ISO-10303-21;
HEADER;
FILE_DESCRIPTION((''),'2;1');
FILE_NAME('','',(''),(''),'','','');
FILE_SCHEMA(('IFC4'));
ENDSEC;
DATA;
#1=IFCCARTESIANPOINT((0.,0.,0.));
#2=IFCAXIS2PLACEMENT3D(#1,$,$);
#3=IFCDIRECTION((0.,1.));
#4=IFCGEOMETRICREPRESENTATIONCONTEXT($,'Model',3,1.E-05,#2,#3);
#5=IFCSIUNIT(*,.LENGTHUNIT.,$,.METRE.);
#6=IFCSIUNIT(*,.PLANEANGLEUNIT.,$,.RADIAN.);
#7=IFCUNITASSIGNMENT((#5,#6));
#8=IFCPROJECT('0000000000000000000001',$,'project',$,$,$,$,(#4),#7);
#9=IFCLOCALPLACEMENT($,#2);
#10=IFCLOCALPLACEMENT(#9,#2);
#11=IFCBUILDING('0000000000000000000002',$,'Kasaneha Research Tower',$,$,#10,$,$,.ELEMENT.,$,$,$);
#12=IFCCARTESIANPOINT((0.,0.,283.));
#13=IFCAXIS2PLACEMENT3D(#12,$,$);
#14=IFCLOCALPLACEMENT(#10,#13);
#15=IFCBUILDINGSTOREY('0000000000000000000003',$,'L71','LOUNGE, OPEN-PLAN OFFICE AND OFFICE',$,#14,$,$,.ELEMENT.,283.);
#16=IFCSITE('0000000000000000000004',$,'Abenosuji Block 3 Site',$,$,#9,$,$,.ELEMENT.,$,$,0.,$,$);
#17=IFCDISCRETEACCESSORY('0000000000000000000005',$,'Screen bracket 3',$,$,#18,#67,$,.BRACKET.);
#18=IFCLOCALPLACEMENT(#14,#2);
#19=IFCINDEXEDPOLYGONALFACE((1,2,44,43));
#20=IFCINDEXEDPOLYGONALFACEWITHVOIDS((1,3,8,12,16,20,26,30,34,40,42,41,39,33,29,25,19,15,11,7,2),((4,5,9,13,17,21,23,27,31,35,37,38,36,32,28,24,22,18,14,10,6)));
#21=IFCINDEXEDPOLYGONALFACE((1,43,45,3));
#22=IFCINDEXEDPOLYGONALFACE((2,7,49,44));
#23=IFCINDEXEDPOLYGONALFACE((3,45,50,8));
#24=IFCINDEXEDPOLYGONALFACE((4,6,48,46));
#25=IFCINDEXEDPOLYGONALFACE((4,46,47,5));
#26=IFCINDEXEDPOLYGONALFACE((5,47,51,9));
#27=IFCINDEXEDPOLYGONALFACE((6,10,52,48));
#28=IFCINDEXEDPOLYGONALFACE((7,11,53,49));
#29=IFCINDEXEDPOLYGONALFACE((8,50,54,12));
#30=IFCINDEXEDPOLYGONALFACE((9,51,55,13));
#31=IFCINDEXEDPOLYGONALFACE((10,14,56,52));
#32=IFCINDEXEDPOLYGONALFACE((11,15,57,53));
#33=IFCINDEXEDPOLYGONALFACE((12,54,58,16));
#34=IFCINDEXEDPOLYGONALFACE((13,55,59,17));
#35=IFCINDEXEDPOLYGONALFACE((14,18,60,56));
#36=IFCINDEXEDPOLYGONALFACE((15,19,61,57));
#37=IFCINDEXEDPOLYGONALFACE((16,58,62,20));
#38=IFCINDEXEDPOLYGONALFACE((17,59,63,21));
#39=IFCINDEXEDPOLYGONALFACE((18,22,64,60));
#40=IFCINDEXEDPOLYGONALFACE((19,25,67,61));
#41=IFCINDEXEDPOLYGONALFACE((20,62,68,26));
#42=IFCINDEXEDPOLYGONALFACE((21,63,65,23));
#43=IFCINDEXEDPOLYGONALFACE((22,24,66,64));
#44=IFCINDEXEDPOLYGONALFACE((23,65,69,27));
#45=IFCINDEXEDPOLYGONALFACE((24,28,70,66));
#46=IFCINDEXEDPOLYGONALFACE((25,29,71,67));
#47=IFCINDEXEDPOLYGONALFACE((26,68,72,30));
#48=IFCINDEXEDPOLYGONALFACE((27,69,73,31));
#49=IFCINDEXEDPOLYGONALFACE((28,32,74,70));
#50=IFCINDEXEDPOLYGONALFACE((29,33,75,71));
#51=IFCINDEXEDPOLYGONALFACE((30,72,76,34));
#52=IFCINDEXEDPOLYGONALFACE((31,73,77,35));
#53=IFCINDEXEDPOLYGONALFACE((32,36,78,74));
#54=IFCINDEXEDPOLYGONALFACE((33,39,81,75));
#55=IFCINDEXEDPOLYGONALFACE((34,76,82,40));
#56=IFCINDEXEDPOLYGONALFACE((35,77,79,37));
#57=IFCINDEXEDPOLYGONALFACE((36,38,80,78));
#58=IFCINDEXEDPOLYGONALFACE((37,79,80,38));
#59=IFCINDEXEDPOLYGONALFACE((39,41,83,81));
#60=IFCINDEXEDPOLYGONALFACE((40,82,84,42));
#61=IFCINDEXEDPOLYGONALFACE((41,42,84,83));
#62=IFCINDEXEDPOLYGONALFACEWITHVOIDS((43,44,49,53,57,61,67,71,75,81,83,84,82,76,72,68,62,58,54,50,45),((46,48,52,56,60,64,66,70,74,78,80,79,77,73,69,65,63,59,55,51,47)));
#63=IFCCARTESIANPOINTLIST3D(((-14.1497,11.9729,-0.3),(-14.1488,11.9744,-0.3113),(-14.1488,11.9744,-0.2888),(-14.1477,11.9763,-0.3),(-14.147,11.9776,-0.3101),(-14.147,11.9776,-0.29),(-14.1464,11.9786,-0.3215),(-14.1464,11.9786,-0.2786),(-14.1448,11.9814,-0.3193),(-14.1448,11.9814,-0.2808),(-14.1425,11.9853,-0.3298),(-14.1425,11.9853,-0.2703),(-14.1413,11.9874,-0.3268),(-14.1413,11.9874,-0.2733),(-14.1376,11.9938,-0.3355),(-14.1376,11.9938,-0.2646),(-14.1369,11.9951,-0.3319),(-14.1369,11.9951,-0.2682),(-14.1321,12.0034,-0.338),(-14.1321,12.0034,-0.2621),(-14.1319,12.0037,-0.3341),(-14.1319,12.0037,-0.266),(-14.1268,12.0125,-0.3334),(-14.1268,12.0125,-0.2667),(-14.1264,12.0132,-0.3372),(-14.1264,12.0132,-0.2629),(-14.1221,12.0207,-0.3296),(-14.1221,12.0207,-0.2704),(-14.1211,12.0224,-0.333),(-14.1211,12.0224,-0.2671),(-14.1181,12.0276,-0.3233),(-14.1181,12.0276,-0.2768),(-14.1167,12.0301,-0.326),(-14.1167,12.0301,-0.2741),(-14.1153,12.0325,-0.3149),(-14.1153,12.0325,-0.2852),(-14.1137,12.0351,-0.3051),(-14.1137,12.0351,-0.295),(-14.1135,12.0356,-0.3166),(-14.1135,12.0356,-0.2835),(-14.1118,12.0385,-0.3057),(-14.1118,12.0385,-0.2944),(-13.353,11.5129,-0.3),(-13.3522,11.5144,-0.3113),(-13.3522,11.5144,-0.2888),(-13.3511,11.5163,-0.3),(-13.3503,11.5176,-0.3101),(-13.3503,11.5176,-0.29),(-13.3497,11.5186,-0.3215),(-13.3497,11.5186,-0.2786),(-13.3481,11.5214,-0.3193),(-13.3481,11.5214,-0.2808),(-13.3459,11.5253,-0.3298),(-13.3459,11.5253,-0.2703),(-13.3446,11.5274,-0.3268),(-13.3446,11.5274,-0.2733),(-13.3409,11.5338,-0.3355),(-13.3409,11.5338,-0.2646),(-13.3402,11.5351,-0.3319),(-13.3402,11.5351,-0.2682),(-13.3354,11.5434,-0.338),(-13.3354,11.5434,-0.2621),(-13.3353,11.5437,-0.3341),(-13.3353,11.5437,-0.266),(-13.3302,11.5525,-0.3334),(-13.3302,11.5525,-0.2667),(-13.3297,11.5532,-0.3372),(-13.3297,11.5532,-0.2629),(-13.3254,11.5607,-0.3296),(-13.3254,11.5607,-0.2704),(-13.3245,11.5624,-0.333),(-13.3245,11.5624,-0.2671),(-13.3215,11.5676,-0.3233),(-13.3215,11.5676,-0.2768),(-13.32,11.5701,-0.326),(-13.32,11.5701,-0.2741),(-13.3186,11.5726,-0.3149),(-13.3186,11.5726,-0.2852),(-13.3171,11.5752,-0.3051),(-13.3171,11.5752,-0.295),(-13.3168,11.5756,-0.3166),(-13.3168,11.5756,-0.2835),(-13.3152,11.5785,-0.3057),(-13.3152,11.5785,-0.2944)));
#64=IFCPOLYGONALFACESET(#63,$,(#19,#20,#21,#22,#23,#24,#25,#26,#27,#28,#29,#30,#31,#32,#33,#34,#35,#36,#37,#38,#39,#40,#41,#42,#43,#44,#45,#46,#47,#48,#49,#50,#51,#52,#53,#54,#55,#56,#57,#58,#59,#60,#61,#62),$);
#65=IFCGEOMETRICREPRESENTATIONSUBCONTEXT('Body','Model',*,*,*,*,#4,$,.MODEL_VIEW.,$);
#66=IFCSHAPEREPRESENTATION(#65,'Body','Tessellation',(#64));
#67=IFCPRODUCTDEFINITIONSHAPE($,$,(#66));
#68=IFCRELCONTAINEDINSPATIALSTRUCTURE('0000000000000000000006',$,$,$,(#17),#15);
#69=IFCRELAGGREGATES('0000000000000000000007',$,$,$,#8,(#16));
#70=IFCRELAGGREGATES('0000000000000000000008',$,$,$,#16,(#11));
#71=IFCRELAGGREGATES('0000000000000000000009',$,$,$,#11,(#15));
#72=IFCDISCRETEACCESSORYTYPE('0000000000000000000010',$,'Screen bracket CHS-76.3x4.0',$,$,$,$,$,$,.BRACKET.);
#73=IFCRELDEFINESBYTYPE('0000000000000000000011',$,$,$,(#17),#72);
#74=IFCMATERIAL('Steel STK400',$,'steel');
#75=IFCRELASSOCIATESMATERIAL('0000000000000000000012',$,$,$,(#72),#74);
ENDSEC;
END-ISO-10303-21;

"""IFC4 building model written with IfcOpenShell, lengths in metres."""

from ifc_helpers import new_model, si_unit, direction, frame, origin, origin_2d, place, context, subcontext, project, spatial, hollow_circle, extrude, material, material_profile, profile_set, type_object, element, save


model = new_model("IFC4")

# Units and contexts
model_context = context("Model", 3, precision=1e-05, world=origin(), true_north=direction((0.0, 1.0)))
body_context = subcontext(model_context, "Body", "Model", "MODEL_VIEW")
ifc_project = project(units=[si_unit("LENGTHUNIT", "METRE"), si_unit("PLANEANGLEUNIT", "RADIAN")], contexts=[model_context])

# Site, building, storey
site_placement = place(None, origin())
site = spatial("IfcSite", under=ifc_project, at=site_placement, Name="Abenosuji Block 3 Site", CompositionType="ELEMENT", RefElevation=0.0)
building_placement = place(site_placement, origin())
building = spatial("IfcBuilding", under=site, at=building_placement, Name="Kasaneha Research Tower", CompositionType="ELEMENT")
storey_placement = place(building_placement, frame((0.0, 0.0, 283.0)))
storey = spatial("IfcBuildingStorey", under=building, at=storey_placement, Name="L71", Description="LOUNGE, OPEN-PLAN OFFICE AND OFFICE", CompositionType="ELEMENT", Elevation=283.0)

# Discrete accessory
ifc_material_1 = material(Name="Steel STK400", Category="steel")
ifc_material_profile_1 = material_profile(ifc_material_1, hollow_circle(Radius=0.0381, WallThickness=0.0039, at=origin_2d()), Name="CHS-76.3x4.0")
ifc_profile_set_1 = profile_set([ifc_material_profile_1], Name="Steel STK400")
discrete_accessory_type = type_object("IfcDiscreteAccessoryType", Name="Screen bracket CHS-76.3x4.0", PredefinedType="BRACKET", material=ifc_profile_set_1)
for number, where, z_axis, x_axis, name in (
    (1, (-13.334, 11.5459, -0.3), (-0.866013, 0.500021, 0.0), (-0.500021, -0.866013, 0.0), "Screen bracket 3"),
):
    element("IfcDiscreteAccessory", number, at=place(storey_placement, frame(where, z_axis=z_axis, x_axis=x_axis)), inside=storey, type_object=discrete_accessory_type, Name=name, PredefinedType="BRACKET", context=body_context, shape_type="SweptSolid", body=[
        extrude(hollow_circle(Radius=0.0381, WallThickness=0.0039, at=origin_2d()), origin(), (0.0, 0.0, 1.0), 0.9199),
    ])

save(model, "model.ifc")
